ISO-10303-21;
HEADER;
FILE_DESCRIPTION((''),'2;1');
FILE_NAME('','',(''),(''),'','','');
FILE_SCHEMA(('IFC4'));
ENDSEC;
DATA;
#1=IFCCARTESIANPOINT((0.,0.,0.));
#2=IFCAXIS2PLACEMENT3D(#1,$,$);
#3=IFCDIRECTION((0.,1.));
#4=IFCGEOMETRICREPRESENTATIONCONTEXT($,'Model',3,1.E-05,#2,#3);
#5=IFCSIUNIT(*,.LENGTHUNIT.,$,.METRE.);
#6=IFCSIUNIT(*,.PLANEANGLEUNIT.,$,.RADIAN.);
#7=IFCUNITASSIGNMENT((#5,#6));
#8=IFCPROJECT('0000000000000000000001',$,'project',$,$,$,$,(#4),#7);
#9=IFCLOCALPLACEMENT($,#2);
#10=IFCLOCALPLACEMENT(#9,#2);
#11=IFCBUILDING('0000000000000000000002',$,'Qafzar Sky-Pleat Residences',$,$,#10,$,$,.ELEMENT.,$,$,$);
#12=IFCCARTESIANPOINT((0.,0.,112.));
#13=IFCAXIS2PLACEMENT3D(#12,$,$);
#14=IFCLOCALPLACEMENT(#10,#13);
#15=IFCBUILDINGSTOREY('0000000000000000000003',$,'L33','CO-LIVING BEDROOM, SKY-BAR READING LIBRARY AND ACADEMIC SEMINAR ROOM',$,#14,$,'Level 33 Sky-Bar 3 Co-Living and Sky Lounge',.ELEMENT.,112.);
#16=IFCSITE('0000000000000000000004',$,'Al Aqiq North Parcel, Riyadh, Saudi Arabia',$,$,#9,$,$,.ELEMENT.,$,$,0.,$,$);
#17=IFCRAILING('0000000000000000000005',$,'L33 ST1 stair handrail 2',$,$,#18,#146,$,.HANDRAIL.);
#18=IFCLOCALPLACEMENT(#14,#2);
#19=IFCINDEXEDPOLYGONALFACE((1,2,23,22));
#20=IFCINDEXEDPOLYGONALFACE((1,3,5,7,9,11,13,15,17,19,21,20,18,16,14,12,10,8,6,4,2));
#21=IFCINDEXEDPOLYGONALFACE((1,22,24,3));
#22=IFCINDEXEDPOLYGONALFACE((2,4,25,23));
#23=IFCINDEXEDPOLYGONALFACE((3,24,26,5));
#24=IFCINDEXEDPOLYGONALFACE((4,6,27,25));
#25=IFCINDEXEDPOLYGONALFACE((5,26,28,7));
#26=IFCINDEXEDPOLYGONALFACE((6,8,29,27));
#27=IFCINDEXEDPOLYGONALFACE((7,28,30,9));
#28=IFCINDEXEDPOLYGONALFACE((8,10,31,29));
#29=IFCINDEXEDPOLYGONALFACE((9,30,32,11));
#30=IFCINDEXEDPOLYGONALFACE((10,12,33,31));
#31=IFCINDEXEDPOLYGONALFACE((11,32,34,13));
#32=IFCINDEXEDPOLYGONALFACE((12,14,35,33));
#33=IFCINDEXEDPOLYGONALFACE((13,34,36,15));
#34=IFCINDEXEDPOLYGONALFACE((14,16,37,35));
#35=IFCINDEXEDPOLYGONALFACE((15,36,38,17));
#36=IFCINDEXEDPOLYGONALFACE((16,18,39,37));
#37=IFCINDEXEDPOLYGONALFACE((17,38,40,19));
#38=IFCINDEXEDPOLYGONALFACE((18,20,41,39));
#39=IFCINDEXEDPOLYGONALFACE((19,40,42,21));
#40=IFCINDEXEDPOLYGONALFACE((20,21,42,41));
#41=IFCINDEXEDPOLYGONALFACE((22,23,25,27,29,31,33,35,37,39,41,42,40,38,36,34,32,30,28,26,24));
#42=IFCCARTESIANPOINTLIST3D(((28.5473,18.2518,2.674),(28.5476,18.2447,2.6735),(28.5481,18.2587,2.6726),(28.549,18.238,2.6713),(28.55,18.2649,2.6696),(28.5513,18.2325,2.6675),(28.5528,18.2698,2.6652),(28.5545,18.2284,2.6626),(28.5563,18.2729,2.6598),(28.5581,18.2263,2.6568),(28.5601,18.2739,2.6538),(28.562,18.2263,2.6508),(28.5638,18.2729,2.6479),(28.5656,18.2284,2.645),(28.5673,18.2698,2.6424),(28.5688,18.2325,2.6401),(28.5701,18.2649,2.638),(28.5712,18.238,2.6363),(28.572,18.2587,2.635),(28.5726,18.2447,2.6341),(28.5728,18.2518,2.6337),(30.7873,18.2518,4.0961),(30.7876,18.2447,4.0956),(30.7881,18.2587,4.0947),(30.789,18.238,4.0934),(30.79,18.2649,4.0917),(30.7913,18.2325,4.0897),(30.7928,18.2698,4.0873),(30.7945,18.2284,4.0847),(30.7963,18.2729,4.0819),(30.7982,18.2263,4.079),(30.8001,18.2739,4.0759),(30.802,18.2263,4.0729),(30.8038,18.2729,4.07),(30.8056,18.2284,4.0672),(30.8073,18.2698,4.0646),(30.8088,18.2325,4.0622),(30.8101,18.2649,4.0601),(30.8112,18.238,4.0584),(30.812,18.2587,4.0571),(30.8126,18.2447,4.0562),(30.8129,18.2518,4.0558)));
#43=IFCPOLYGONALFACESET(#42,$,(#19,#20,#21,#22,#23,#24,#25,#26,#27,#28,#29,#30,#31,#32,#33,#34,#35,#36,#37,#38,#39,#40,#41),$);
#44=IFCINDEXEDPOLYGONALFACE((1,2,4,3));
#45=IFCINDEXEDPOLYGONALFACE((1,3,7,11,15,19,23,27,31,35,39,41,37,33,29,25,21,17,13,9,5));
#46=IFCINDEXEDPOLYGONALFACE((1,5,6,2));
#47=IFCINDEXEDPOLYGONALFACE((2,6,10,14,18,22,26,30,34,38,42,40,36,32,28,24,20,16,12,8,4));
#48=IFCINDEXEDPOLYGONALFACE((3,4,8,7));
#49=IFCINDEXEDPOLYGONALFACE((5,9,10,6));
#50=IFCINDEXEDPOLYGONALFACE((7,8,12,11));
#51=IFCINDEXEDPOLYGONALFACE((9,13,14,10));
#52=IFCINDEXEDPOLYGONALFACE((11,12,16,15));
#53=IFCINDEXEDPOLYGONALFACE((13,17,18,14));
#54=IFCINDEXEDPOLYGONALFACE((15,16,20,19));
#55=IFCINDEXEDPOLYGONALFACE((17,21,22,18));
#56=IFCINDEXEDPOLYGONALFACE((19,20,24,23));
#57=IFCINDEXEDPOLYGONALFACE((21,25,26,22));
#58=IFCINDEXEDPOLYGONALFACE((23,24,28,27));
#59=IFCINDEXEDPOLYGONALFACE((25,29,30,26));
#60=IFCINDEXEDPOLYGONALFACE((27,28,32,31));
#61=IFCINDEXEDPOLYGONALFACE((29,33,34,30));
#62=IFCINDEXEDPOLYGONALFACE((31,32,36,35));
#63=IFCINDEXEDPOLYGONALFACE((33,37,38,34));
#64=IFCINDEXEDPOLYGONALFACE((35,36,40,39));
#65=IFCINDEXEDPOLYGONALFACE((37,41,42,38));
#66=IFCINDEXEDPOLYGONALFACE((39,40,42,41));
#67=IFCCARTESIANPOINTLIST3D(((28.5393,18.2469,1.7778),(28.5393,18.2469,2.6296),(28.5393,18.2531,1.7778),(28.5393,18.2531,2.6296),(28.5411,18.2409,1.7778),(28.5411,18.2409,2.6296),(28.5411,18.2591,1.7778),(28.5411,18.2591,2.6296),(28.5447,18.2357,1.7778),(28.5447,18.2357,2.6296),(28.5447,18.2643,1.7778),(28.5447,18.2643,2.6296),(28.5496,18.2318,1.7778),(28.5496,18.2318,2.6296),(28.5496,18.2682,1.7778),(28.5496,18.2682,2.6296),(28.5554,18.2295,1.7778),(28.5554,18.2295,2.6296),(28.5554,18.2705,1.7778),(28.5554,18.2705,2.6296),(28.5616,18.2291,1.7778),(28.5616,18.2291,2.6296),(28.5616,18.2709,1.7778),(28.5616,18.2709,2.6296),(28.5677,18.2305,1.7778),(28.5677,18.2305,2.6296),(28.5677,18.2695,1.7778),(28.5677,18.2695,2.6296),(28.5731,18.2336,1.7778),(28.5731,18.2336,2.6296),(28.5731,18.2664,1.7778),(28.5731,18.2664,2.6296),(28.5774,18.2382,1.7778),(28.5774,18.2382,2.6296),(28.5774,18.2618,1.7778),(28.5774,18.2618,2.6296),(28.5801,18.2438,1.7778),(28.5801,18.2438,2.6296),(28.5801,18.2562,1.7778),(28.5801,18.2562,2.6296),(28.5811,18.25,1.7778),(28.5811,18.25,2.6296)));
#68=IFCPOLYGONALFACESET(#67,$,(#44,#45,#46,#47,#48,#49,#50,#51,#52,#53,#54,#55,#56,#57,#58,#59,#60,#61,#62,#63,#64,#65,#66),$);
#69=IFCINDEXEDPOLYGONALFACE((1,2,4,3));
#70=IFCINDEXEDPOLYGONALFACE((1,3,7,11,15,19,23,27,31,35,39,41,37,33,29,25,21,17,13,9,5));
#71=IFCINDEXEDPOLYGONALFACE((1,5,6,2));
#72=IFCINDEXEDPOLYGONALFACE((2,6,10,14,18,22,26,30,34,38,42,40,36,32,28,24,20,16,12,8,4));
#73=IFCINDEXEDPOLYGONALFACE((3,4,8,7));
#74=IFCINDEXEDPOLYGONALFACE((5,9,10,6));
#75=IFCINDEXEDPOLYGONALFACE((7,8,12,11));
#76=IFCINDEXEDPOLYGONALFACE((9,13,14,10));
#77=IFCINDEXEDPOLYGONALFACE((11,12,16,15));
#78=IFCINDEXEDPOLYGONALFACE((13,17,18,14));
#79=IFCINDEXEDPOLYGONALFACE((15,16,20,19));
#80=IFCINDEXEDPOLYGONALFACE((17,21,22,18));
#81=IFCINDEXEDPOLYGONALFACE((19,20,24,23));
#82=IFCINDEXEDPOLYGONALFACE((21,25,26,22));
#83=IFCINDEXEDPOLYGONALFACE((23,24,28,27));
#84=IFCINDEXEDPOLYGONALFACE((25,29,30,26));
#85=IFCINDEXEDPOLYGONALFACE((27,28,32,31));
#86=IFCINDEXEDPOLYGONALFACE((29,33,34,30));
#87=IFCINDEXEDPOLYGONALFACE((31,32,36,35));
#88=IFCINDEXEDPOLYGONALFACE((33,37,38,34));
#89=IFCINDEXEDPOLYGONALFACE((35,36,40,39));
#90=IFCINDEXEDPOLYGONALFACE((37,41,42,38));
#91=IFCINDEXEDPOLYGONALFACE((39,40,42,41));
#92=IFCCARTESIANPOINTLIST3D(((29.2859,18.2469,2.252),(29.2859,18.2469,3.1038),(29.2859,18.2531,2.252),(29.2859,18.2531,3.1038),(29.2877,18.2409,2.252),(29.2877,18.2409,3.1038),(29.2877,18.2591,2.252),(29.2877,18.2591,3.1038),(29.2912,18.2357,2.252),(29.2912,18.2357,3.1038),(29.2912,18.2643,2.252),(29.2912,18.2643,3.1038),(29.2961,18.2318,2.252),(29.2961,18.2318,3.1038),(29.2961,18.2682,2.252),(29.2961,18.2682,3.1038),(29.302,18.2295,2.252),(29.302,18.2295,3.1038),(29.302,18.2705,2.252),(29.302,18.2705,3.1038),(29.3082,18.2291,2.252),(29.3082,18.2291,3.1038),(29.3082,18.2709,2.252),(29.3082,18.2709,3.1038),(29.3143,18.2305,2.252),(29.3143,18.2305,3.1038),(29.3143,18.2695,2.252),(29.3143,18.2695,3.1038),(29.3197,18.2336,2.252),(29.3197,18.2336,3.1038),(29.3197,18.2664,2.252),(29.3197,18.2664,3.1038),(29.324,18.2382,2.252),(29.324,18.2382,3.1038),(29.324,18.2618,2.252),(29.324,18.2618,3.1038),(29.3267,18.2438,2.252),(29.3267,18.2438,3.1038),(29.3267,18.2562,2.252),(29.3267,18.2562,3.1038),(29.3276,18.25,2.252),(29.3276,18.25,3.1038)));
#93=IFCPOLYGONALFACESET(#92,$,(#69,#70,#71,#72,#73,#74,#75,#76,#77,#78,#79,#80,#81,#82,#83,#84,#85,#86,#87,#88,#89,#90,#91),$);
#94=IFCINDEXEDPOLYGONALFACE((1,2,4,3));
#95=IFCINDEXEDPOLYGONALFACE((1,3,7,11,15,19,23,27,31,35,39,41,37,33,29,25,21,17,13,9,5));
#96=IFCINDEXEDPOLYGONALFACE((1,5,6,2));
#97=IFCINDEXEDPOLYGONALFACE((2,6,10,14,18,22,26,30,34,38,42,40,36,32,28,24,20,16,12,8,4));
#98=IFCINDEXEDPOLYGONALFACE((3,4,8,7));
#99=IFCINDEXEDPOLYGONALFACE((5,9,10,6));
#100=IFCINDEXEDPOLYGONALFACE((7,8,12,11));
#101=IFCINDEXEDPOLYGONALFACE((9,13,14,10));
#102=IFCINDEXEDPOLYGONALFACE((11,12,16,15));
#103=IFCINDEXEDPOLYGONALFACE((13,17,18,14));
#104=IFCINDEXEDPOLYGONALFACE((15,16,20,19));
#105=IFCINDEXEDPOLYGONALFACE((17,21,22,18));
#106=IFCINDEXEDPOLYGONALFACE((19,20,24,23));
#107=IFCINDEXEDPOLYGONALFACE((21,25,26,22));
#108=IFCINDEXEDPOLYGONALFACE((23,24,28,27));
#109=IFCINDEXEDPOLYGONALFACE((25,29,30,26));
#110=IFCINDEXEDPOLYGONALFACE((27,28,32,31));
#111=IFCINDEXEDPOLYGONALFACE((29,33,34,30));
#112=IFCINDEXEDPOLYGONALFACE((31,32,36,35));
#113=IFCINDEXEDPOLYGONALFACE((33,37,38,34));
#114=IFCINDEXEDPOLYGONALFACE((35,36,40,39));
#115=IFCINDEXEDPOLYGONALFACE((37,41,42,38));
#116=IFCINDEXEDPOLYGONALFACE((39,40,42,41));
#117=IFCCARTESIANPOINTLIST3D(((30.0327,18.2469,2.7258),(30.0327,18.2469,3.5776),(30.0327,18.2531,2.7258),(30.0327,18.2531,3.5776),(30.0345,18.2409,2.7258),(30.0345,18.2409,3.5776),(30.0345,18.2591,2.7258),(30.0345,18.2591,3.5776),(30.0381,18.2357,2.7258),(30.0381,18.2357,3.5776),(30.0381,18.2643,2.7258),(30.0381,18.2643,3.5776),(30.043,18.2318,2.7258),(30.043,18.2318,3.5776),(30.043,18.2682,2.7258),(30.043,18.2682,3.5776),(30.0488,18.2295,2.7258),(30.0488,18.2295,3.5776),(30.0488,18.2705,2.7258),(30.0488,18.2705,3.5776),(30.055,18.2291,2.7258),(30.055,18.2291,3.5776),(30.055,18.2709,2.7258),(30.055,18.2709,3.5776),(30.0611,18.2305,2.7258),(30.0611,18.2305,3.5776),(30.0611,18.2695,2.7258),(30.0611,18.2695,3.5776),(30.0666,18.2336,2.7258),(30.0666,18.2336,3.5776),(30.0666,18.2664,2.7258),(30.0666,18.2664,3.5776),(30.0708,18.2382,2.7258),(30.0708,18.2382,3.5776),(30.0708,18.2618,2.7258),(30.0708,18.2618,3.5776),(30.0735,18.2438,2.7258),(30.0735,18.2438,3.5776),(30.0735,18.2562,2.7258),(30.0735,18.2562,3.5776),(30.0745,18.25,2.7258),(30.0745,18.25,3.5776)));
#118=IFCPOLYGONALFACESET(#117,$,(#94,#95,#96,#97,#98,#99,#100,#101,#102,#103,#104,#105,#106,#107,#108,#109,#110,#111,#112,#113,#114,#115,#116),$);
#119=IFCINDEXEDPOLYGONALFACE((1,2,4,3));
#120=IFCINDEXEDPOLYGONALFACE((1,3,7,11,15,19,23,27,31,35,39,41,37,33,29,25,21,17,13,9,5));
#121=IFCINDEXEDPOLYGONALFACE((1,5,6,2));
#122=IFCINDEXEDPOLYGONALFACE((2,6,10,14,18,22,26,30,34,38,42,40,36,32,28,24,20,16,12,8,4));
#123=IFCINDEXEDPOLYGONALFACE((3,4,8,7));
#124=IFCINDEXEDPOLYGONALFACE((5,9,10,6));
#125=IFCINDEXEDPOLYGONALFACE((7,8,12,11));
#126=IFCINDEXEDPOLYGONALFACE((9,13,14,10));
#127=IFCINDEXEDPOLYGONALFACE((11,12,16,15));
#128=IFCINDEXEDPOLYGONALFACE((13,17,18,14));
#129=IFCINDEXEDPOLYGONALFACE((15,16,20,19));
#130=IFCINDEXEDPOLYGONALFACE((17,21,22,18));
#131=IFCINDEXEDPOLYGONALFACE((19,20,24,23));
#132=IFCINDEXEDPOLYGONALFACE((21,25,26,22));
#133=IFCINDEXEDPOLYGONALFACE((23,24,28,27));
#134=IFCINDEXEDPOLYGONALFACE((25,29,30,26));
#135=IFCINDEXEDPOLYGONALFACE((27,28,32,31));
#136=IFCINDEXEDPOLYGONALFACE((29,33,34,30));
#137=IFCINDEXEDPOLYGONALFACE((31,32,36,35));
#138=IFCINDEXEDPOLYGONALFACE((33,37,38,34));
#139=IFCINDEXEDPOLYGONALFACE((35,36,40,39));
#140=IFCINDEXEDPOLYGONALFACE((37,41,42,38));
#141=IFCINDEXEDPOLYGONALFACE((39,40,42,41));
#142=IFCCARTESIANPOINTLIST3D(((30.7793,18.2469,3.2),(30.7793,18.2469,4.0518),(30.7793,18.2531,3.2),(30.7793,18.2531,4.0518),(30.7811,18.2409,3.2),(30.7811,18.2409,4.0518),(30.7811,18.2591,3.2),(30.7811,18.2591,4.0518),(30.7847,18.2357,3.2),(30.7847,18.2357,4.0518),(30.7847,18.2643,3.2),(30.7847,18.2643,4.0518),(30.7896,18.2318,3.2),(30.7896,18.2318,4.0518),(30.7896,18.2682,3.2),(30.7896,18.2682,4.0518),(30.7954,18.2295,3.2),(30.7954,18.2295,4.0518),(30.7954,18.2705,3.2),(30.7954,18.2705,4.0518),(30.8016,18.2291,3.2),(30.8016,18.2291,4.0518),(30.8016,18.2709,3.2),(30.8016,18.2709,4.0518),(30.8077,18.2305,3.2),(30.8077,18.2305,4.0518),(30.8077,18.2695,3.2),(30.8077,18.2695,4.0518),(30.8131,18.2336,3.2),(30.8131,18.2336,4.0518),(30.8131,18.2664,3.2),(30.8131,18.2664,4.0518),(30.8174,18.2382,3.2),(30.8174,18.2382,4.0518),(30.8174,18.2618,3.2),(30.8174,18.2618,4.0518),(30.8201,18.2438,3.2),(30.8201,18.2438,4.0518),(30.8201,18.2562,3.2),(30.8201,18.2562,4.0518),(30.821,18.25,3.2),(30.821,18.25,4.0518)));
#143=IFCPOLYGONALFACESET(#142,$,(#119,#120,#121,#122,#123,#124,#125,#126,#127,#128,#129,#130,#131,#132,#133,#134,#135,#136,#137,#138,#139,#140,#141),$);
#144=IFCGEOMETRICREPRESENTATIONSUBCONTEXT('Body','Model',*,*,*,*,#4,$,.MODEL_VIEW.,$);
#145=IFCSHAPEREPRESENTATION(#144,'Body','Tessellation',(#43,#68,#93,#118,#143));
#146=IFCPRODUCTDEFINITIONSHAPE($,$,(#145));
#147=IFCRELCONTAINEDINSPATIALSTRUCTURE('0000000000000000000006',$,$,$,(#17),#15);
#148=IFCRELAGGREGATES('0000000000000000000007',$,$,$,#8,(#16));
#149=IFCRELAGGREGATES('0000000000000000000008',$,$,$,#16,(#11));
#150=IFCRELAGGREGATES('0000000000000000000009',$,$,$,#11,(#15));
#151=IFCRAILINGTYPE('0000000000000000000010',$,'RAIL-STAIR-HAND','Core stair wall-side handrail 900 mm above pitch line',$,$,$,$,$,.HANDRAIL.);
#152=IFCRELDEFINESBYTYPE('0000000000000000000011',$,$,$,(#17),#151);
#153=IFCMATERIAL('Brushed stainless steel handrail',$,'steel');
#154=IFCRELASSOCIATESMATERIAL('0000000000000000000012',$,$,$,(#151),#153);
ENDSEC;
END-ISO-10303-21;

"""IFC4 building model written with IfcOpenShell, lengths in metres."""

from ifc_helpers import new_model, si_unit, direction, frame, origin, origin_2d, place, context, subcontext, project, spatial, circle, extrude, source, transform, mapped, material, type_object, element, save


model = new_model("IFC4")

# Units and contexts
model_context = context("Model", 3, precision=1e-05, world=origin(), true_north=direction((0.0, 1.0)))
body_context = subcontext(model_context, "Body", "Model", "MODEL_VIEW")
ifc_project = project(units=[si_unit("LENGTHUNIT", "METRE"), si_unit("PLANEANGLEUNIT", "RADIAN")], contexts=[model_context])

# Site, building, storey
site_placement = place(None, origin())
site = spatial("IfcSite", under=ifc_project, at=site_placement, Name="Al Aqiq North Parcel, Riyadh, Saudi Arabia", CompositionType="ELEMENT", RefElevation=0.0)
building_placement = place(site_placement, origin())
building = spatial("IfcBuilding", under=site, at=building_placement, Name="Qafzar Sky-Pleat Residences", CompositionType="ELEMENT")
storey_placement = place(building_placement, frame((0.0, 0.0, 112.0)))
storey = spatial("IfcBuildingStorey", under=building, at=storey_placement, Name="L33", Description="CO-LIVING BEDROOM, SKY-BAR READING LIBRARY AND ACADEMIC SEMINAR ROOM", LongName="Level 33 Sky-Bar 3 Co-Living and Sky Lounge", CompositionType="ELEMENT", Elevation=112.0)

# Railing
ifc_material_1 = material(Name="Brushed stainless steel handrail", Category="steel")
railing_type_1 = type_object("IfcRailingType", Name="RAIL-STAIR-HAND", Description="Core stair wall-side handrail 900 mm above pitch line", PredefinedType="HANDRAIL", material=ifc_material_1)
shared_shape_1 = source(origin(), body_context, "Body", "SweptSolid", [
    extrude(circle(Radius=0.0239, at=origin_2d()), frame((0.0, 0.0, 0.876), z_axis=(0.844229, 0.0, 0.535982), x_axis=(0.0, 1.0, 0.0)), (0.0, 0.0, 1.0), 2.6533),
    extrude(circle(Radius=0.021, at=origin_2d()), origin(), (0.0, 0.0, 1.0), 0.8518),
    extrude(circle(Radius=0.021, at=origin_2d()), frame((0.7466, 0.0, 0.4741)), (0.0, 0.0, 1.0), 0.8518),
    extrude(circle(Radius=0.021, at=origin_2d()), frame((1.4934, 0.0, 0.948)), (0.0, 0.0, 1.0), 0.8518),
    extrude(circle(Radius=0.021, at=origin_2d()), frame((2.24, 0.0, 1.4221)), (0.0, 0.0, 1.0), 0.8518),
])
railing_1_placement = place(storey_placement, frame((28.5601, 18.25, 1.7778)))
element("IfcRailing", 1, at=railing_1_placement, inside=storey, type_object=railing_type_1, Name="L33 ST1 stair handrail 2", PredefinedType="HANDRAIL", context=body_context, shape_type="MappedRepresentation", body=[
    mapped(shared_shape_1, transform((0.0, 0.0, 0.0), x_axis=(1.0, 0.0, 0.0), y_axis=(0.0, 1.0, 0.0), z_axis=(0.0, 0.0, 1.0), scale=1.0)),
])

save(model, "model.ifc")
